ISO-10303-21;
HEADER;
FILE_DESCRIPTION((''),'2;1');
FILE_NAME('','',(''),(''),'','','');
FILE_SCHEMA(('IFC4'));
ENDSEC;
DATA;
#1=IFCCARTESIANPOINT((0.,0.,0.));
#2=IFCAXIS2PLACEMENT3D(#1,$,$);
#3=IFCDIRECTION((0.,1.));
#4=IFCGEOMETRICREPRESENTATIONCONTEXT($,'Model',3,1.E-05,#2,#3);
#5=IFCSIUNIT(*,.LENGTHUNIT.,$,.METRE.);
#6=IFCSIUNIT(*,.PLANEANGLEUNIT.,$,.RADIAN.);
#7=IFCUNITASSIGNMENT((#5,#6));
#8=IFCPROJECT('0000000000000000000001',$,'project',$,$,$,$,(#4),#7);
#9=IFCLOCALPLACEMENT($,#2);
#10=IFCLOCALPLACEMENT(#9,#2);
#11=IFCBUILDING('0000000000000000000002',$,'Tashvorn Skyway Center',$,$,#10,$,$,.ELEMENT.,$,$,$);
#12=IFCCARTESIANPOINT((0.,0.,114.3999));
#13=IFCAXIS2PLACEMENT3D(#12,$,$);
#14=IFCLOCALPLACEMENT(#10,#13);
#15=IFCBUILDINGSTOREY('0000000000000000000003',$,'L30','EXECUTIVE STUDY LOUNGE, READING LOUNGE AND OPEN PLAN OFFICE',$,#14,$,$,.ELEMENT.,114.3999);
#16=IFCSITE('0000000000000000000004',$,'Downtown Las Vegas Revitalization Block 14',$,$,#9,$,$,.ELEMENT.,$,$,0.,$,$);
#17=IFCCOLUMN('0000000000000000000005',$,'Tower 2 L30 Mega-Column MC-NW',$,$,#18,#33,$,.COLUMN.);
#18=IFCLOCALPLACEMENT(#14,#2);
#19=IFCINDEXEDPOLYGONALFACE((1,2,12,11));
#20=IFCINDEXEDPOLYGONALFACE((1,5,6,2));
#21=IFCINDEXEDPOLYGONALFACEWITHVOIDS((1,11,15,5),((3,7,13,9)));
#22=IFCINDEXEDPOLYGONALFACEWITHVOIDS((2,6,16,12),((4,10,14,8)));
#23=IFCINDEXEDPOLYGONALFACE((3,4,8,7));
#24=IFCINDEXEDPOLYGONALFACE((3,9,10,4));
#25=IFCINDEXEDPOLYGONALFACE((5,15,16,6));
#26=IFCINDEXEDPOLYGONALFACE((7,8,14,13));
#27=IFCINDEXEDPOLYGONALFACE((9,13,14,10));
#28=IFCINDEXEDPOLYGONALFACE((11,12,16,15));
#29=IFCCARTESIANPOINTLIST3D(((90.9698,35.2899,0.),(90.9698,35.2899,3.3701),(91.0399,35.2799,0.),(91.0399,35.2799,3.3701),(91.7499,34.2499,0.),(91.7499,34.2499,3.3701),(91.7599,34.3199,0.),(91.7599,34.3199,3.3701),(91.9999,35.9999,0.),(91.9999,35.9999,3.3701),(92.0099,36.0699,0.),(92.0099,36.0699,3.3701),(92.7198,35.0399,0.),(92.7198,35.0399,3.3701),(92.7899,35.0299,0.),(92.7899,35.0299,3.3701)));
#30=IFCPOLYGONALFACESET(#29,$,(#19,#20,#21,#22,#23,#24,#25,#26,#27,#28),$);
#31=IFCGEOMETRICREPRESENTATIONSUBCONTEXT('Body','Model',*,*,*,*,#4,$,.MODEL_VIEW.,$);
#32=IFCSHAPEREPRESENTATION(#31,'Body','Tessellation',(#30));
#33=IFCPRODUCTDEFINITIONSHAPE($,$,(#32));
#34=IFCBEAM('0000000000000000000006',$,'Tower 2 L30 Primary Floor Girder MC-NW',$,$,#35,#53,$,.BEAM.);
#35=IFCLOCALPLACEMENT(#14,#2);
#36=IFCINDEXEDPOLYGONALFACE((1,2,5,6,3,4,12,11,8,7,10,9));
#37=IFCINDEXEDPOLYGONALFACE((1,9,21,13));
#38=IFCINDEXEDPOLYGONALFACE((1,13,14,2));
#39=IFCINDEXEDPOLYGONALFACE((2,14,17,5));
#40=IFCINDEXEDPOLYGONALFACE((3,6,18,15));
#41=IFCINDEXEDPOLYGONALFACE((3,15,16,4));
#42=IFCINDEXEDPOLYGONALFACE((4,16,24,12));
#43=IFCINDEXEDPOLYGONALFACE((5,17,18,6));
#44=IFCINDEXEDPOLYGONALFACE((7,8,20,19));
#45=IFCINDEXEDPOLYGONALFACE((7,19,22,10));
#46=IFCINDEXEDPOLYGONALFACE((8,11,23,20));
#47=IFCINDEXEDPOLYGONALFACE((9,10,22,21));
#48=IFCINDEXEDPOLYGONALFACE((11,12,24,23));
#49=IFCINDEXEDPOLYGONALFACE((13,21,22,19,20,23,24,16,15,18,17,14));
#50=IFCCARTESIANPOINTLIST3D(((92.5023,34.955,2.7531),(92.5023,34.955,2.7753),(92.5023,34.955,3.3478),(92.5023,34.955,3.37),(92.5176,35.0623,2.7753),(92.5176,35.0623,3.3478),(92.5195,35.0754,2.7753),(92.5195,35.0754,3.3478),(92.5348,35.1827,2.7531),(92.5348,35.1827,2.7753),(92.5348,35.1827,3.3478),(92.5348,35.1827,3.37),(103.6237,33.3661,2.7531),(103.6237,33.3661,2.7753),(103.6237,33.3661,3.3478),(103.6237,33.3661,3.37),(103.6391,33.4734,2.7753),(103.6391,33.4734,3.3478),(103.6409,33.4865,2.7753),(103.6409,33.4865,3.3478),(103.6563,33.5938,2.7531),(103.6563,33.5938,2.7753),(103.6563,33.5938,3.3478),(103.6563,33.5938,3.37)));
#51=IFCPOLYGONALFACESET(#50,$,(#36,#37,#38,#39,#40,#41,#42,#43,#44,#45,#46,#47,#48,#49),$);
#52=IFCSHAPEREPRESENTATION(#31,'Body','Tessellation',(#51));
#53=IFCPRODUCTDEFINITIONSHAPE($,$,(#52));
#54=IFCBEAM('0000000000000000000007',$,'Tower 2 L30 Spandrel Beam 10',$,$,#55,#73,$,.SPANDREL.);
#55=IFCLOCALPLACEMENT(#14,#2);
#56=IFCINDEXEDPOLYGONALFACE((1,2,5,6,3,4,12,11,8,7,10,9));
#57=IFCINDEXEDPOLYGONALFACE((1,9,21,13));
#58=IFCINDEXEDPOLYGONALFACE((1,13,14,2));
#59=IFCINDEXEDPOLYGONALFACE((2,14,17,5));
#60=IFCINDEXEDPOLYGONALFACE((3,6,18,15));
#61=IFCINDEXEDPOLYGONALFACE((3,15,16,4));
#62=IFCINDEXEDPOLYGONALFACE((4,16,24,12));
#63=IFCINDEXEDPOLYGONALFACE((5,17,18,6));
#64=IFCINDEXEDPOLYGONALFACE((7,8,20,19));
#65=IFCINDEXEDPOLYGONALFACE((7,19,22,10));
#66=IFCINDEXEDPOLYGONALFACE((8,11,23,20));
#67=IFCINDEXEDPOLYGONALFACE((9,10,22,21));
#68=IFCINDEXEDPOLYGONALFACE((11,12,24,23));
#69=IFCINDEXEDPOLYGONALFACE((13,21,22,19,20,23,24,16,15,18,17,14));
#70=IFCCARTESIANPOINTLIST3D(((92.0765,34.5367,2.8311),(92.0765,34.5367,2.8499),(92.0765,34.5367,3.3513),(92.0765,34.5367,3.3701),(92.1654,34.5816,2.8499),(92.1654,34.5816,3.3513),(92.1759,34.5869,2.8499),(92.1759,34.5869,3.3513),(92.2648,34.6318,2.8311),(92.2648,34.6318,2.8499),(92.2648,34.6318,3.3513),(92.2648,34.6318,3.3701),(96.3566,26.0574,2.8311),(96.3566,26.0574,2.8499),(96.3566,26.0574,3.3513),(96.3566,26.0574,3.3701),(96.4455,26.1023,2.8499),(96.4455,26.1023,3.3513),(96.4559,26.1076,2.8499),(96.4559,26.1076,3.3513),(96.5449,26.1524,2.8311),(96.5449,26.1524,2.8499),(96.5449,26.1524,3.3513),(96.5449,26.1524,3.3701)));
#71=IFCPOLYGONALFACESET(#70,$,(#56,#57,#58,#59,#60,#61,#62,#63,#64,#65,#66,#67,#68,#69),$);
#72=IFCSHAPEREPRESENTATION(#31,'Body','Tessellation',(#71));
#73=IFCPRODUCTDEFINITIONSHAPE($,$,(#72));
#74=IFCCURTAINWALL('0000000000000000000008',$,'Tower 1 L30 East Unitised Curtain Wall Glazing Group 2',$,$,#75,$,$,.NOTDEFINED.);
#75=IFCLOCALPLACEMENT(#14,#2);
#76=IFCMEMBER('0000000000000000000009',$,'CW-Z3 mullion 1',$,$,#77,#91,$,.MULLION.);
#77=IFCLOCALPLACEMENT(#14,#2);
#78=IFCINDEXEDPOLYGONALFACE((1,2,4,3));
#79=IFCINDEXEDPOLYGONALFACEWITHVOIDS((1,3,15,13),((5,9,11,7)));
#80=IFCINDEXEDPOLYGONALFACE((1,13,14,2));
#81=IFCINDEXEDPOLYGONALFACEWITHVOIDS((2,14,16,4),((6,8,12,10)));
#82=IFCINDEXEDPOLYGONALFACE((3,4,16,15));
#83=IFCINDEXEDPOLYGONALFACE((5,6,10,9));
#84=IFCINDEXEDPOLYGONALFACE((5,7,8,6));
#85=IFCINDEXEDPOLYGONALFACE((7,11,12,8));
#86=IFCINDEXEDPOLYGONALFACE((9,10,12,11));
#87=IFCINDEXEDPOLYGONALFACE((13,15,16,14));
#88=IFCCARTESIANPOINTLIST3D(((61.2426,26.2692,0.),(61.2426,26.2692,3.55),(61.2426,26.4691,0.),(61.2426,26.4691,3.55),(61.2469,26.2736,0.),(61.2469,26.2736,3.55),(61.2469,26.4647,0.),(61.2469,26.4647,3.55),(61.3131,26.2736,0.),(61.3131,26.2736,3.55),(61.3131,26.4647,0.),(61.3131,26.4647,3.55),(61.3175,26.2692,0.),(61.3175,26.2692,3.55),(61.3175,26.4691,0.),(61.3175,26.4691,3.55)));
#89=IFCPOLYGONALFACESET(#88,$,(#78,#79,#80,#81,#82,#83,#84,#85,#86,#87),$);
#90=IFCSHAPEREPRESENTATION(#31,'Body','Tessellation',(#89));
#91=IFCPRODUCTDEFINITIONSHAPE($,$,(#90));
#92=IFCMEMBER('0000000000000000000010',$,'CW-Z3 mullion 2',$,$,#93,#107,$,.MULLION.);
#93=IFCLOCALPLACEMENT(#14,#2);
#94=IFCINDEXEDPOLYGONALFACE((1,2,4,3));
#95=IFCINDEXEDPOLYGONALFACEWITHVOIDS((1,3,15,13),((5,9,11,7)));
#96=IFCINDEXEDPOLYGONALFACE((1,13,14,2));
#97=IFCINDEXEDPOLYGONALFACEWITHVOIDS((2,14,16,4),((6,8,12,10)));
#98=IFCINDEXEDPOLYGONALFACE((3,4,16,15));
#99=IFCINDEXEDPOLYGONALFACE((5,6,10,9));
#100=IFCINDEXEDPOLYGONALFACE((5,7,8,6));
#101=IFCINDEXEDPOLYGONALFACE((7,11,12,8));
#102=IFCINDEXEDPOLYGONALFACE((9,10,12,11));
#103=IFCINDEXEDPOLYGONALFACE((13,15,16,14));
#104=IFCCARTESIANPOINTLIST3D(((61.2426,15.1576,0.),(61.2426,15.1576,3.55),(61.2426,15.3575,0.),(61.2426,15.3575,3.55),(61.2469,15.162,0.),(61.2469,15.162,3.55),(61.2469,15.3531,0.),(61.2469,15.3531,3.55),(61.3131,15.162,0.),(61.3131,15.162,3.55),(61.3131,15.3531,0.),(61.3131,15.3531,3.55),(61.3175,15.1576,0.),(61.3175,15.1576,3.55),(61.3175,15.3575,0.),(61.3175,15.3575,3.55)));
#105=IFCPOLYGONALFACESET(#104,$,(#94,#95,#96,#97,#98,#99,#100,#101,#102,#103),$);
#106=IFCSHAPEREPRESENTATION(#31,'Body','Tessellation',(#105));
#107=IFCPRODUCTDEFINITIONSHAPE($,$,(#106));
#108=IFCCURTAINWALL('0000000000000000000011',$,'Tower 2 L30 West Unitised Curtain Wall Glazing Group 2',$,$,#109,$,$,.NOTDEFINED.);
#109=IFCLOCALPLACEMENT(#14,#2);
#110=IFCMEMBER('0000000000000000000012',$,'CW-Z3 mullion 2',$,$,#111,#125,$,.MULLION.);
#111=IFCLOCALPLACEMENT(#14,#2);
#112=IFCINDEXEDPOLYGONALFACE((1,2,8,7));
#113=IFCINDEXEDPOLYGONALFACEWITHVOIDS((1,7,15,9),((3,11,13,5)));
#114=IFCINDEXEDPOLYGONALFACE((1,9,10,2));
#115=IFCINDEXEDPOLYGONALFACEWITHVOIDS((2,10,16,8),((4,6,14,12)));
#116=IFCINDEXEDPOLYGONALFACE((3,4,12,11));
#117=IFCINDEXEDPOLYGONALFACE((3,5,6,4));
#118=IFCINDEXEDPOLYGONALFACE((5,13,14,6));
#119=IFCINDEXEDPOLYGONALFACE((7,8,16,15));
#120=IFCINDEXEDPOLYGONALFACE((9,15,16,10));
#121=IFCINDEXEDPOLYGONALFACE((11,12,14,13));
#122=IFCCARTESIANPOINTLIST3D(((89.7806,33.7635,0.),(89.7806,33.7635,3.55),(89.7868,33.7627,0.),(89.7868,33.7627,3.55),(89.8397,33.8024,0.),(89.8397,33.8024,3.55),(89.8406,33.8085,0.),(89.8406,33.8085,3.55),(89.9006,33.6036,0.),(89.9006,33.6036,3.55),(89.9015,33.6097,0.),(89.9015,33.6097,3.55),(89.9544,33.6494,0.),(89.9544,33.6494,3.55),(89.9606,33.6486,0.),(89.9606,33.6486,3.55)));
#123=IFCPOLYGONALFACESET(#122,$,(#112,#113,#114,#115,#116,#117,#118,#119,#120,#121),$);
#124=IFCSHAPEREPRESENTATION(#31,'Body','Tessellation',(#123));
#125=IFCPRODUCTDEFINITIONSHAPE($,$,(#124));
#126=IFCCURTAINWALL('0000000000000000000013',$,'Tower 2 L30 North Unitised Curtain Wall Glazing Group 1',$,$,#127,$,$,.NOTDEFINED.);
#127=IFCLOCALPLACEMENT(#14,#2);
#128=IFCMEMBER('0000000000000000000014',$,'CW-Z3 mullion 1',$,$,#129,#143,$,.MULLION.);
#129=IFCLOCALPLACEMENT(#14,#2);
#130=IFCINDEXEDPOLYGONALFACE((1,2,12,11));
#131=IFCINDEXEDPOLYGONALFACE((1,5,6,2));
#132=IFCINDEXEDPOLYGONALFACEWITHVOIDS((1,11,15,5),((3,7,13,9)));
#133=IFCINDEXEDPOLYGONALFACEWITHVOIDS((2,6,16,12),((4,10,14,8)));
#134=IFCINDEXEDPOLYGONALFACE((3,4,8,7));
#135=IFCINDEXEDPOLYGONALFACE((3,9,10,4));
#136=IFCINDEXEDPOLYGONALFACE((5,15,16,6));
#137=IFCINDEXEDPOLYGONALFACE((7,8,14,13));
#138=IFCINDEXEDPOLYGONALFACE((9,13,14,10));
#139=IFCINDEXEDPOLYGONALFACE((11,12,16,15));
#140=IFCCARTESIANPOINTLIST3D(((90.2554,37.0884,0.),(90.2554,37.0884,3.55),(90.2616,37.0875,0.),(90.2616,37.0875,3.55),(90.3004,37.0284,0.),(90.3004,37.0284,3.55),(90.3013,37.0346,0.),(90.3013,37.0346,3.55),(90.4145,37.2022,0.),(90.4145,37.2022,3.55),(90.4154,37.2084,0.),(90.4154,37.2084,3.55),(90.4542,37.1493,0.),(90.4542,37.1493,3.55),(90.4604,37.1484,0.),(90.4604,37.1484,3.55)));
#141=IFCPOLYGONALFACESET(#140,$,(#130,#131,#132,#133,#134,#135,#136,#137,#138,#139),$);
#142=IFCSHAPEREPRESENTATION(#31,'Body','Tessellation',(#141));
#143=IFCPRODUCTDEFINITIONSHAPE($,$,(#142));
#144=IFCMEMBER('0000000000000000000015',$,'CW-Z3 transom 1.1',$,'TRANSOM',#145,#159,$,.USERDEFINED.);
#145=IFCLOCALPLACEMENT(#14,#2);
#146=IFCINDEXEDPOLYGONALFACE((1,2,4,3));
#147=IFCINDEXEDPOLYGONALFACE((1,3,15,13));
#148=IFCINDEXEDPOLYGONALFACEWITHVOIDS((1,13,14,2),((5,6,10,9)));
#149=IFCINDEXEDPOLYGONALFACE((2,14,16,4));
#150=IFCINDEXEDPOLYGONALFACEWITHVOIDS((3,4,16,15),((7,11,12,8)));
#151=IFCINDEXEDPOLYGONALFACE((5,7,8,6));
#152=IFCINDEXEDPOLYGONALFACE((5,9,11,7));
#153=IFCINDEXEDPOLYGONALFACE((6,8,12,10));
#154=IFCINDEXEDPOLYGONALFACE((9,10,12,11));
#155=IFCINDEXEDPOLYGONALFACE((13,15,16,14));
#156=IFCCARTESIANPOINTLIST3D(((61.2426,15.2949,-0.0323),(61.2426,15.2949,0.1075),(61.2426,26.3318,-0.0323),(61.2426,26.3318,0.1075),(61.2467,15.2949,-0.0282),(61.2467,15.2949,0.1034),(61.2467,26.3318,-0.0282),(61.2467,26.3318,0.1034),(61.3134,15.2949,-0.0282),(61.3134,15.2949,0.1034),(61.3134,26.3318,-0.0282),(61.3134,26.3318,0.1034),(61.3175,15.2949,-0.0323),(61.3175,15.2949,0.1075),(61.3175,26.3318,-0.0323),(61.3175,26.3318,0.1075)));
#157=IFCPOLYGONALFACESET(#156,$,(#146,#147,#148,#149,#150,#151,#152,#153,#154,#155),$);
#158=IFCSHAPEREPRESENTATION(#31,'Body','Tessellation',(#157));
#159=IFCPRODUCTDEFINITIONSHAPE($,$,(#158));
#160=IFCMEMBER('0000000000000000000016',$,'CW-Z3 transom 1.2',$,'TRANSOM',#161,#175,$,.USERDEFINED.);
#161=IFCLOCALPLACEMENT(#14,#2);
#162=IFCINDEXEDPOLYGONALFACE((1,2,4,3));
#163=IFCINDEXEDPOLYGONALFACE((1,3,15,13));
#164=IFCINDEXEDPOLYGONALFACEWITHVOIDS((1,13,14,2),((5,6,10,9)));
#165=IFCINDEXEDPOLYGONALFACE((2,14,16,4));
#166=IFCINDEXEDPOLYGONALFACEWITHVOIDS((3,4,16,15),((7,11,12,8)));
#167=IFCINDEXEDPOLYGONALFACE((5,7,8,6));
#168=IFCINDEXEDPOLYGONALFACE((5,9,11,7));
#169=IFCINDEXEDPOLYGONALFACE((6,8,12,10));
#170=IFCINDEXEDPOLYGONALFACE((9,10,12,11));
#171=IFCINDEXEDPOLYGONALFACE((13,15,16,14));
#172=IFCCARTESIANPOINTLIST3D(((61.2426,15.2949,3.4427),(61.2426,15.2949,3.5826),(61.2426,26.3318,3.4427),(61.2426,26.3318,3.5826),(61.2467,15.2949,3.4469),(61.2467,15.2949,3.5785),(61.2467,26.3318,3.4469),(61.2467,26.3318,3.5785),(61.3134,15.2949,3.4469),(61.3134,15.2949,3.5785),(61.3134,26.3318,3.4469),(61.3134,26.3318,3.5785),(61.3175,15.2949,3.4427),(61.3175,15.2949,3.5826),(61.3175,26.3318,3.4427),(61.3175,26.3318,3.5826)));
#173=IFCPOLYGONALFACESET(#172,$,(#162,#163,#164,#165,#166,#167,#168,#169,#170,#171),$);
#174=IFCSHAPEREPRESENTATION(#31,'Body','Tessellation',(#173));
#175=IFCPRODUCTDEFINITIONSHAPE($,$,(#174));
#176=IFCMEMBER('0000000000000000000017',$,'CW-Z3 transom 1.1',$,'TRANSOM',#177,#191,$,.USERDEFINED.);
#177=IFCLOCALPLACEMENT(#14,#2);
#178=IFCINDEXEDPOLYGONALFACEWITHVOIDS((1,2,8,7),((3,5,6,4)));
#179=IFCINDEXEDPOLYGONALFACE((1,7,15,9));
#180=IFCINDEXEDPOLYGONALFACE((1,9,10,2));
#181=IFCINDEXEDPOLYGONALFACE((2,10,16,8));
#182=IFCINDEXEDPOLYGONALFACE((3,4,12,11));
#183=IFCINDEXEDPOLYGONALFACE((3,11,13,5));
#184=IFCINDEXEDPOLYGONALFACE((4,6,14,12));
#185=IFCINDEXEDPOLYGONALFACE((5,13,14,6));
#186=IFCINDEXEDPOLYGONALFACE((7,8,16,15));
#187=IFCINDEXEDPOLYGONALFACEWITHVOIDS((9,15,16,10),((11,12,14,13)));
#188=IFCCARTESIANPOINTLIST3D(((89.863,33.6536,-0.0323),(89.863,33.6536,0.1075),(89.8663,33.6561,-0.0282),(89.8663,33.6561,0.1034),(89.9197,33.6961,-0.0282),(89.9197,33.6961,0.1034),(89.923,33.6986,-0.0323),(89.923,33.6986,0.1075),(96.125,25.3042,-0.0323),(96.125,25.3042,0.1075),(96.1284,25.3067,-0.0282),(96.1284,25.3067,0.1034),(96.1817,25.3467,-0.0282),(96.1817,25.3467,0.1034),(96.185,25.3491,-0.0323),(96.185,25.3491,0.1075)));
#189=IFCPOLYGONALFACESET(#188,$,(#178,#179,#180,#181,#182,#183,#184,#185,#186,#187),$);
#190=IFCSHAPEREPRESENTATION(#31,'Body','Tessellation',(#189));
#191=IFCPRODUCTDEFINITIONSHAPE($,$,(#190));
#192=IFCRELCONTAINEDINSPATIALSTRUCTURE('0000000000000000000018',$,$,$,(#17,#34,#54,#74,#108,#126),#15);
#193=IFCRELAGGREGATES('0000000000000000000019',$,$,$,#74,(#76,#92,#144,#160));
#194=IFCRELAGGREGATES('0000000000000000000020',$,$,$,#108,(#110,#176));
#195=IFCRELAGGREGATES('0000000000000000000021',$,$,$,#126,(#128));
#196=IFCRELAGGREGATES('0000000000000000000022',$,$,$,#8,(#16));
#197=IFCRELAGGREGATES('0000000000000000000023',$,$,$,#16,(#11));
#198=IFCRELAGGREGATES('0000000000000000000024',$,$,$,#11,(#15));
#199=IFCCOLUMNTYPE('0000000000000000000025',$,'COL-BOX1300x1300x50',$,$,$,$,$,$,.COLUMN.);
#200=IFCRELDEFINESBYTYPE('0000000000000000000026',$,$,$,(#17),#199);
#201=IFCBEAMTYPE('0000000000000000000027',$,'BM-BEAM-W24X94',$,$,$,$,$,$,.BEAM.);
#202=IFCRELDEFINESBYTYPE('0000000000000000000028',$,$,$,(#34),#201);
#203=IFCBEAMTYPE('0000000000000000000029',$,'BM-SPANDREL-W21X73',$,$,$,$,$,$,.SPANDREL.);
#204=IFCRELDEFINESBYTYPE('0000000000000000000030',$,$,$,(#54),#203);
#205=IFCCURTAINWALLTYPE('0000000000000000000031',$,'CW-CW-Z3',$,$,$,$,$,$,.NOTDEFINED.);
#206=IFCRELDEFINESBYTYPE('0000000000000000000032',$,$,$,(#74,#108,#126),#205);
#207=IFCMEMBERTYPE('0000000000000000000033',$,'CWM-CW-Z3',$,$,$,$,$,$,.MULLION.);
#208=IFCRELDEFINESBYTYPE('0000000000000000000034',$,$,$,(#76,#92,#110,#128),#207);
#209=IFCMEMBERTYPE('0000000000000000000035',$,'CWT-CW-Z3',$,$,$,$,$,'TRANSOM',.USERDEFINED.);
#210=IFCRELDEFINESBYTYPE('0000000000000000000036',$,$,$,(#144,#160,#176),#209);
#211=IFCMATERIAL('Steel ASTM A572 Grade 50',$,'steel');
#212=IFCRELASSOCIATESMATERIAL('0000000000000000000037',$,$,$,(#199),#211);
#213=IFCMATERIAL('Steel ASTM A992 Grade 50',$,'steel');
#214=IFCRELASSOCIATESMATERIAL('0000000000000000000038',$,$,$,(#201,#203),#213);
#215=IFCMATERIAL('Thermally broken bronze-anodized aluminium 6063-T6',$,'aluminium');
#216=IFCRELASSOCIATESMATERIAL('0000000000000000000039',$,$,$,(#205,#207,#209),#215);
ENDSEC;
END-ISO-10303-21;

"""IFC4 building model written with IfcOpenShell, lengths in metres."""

from ifc_helpers import new_model, si_unit, direction, frame, origin, origin_2d, place, context, subcontext, project, spatial, hollow_rectangle, i_section, extrude, material, material_profile, profile_set, type_object, element, aggregate, save


model = new_model("IFC4")

# Units and contexts
model_context = context("Model", 3, precision=1e-05, world=origin(), true_north=direction((0.0, 1.0)))
body_context = subcontext(model_context, "Body", "Model", "MODEL_VIEW")
ifc_project = project(units=[si_unit("LENGTHUNIT", "METRE"), si_unit("PLANEANGLEUNIT", "RADIAN")], contexts=[model_context])

# Site, building, storey
site_placement = place(None, origin())
site = spatial("IfcSite", under=ifc_project, at=site_placement, Name="Downtown Las Vegas Revitalization Block 14", CompositionType="ELEMENT", RefElevation=0.0)
building_placement = place(site_placement, origin())
building = spatial("IfcBuilding", under=site, at=building_placement, Name="Tashvorn Skyway Center", CompositionType="ELEMENT")
storey_placement = place(building_placement, frame((0.0, 0.0, 114.3999)))
storey = spatial("IfcBuildingStorey", under=building, at=storey_placement, Name="L30", Description="EXECUTIVE STUDY LOUNGE, READING LOUNGE AND OPEN PLAN OFFICE", CompositionType="ELEMENT", Elevation=114.3999)

# Column
ifc_material_1 = material(Name="Steel ASTM A572 Grade 50", Category="steel")
ifc_material_profile_1 = material_profile(ifc_material_1, hollow_rectangle(XDim=1.3, YDim=1.3, WallThickness=0.05, at=origin_2d()), Name="BOX1300x1300x50")
ifc_profile_set_1 = profile_set([ifc_material_profile_1], Name="Steel ASTM A572 Grade 50")
column_type = type_object("IfcColumnType", Name="COL-BOX1300x1300x50", PredefinedType="COLUMN", material=ifc_profile_set_1)
column_placement = place(storey_placement, frame((91.8799, 35.1599, 0.0), z_axis=(0.0, 0.0, 1.0), x_axis=(0.8, 0.6, 0.0)))
element("IfcColumn", 1, at=column_placement, inside=storey, type_object=column_type, Name="Tower 2 L30 Mega-Column MC-NW", PredefinedType="COLUMN", context=body_context, shape_type="SweptSolid", body=[
    extrude(hollow_rectangle(XDim=1.3, YDim=1.3, WallThickness=0.05, at=origin_2d()), origin(), (0.0, 0.0, 1.0), 3.3701),
])

# Beams
ifc_material_2 = material(Name="Steel ASTM A992 Grade 50", Category="steel")
ifc_material_profile_2 = material_profile(ifc_material_2, i_section(OverallWidth=0.23, OverallDepth=0.6169, WebThickness=0.0132, FlangeThickness=0.0222, at=origin_2d()), Name="W24X94")
ifc_profile_set_2 = profile_set([ifc_material_profile_2], Name="Steel ASTM A992 Grade 50")
beam_type_1 = type_object("IfcBeamType", Name="BM-BEAM-W24X94", PredefinedType="BEAM", material=ifc_profile_set_2)
beam_1_placement = place(storey_placement, frame((92.5186, 35.0688, 3.0615), z_axis=(0.989948, -0.14143, 0.0), x_axis=(0.14143, 0.989948, 0.0)))
element("IfcBeam", 2, at=beam_1_placement, inside=storey, type_object=beam_type_1, Name="Tower 2 L30 Primary Floor Girder MC-NW", PredefinedType="BEAM", context=body_context, shape_type="SweptSolid", body=[
    extrude(i_section(OverallWidth=0.23, OverallDepth=0.6169, WebThickness=0.0132, FlangeThickness=0.0222, at=origin_2d()), origin(), (0.0, 0.0, 1.0), 11.2344),
])
ifc_material_profile_3 = material_profile(ifc_material_2, i_section(OverallWidth=0.2109, OverallDepth=0.5391, WebThickness=0.0117, FlangeThickness=0.0188, at=origin_2d()), Name="W21X73")
ifc_profile_set_3 = profile_set([ifc_material_profile_3], Name="Steel ASTM A992 Grade 50")
beam_type_2 = type_object("IfcBeamType", Name="BM-SPANDREL-W21X73", PredefinedType="SPANDREL", material=ifc_profile_set_3)
beam_2_placement = place(storey_placement, frame((92.1707, 34.5842, 3.1006), z_axis=(0.450614, -0.892719, 0.0), x_axis=(0.892719, 0.450614, 0.0)))
element("IfcBeam", 3, at=beam_2_placement, inside=storey, type_object=beam_type_2, Name="Tower 2 L30 Spandrel Beam 10", PredefinedType="SPANDREL", context=body_context, shape_type="SweptSolid", body=[
    extrude(i_section(OverallWidth=0.2109, OverallDepth=0.5391, WebThickness=0.0117, FlangeThickness=0.0188, at=origin_2d()), origin(), (0.0, 0.0, 1.0), 9.4983),
])

# Curtain wall, members
ifc_material_3 = material(Name="Thermally broken bronze-anodized aluminium 6063-T6", Category="aluminium")
curtain_wall_type = type_object("IfcCurtainWallType", Name="CW-CW-Z3", PredefinedType="NOTDEFINED", material=ifc_material_3)
curtain_wall_1_placement = place(storey_placement, origin())
curtain_wall_1 = element("IfcCurtainWall", 4, at=curtain_wall_1_placement, inside=storey, type_object=curtain_wall_type, Name="Tower 1 L30 East Unitised Curtain Wall Glazing Group 2", PredefinedType="NOTDEFINED")
ifc_material_profile_4 = material_profile(ifc_material_3, hollow_rectangle(XDim=0.075, YDim=0.2, WallThickness=0.0044, at=origin_2d()), Name="ALU-MULL-75x200")
ifc_profile_set_4 = profile_set([ifc_material_profile_4], Name="Thermally broken bronze-anodized aluminium 6063-T6")
member_type_1 = type_object("IfcMemberType", Name="CWM-CW-Z3", PredefinedType="MULLION", material=ifc_profile_set_4)
member_1_placement = place(storey_placement, frame((61.28, 26.3691, 0.0), z_axis=(0.0, 0.0, 1.0), x_axis=(1.0, 0.0, 0.0)))
member_1 = element("IfcMember", 5, at=member_1_placement, type_object=member_type_1, Name="CW-Z3 mullion 1", PredefinedType="MULLION", context=body_context, shape_type="SweptSolid", body=[
    extrude(hollow_rectangle(XDim=0.075, YDim=0.2, WallThickness=0.0044, at=origin_2d()), origin(), (0.0, 0.0, 1.0), 3.55),
])
member_2_placement = place(storey_placement, frame((61.28, 15.2576, 0.0), z_axis=(0.0, 0.0, 1.0), x_axis=(1.0, 0.0, 0.0)))
member_2 = element("IfcMember", 6, at=member_2_placement, type_object=member_type_1, Name="CW-Z3 mullion 2", PredefinedType="MULLION", context=body_context, shape_type="SweptSolid", body=[
    extrude(hollow_rectangle(XDim=0.075, YDim=0.2, WallThickness=0.0044, at=origin_2d()), origin(), (0.0, 0.0, 1.0), 3.55),
])

# Curtain walls, members
curtain_wall_2_placement = place(storey_placement, origin())
curtain_wall_2 = element("IfcCurtainWall", 7, at=curtain_wall_2_placement, inside=storey, type_object=curtain_wall_type, Name="Tower 2 L30 West Unitised Curtain Wall Glazing Group 2", PredefinedType="NOTDEFINED")
member_3_placement = place(storey_placement, frame((89.8706, 33.7061, 0.0), z_axis=(0.0, 0.0, 1.0), x_axis=(-0.799999, -0.600002, 0.0)))
member_3 = element("IfcMember", 8, at=member_3_placement, type_object=member_type_1, Name="CW-Z3 mullion 2", PredefinedType="MULLION", context=body_context, shape_type="SweptSolid", body=[
    extrude(hollow_rectangle(XDim=0.075, YDim=0.2, WallThickness=0.0044, at=origin_2d()), origin(), (0.0, 0.0, 1.0), 3.55),
])
curtain_wall_3_placement = place(storey_placement, origin())
curtain_wall_3 = element("IfcCurtainWall", 9, at=curtain_wall_3_placement, inside=storey, type_object=curtain_wall_type, Name="Tower 2 L30 North Unitised Curtain Wall Glazing Group 1", PredefinedType="NOTDEFINED")
member_4_placement = place(storey_placement, frame((90.3579, 37.1184, 0.0), z_axis=(0.0, 0.0, 1.0), x_axis=(-0.600002, 0.799999, 0.0)))
member_4 = element("IfcMember", 10, at=member_4_placement, type_object=member_type_1, Name="CW-Z3 mullion 1", PredefinedType="MULLION", context=body_context, shape_type="SweptSolid", body=[
    extrude(hollow_rectangle(XDim=0.075, YDim=0.2, WallThickness=0.0044, at=origin_2d()), origin(), (0.0, 0.0, 1.0), 3.55),
])

# Members
ifc_material_profile_5 = material_profile(ifc_material_3, hollow_rectangle(XDim=0.075, YDim=0.1399, WallThickness=0.0042, at=origin_2d()), Name="ALU-TRAN-75x140")
ifc_profile_set_5 = profile_set([ifc_material_profile_5], Name="Thermally broken bronze-anodized aluminium 6063-T6")
member_type_2 = type_object("IfcMemberType", Name="CWT-CW-Z3", ElementType="TRANSOM", PredefinedType="USERDEFINED", material=ifc_profile_set_5)
member_5_placement = place(storey_placement, frame((61.28, 26.3318, 0.0376), z_axis=(0.0, -1.0, 0.0), x_axis=(1.0, 0.0, 0.0)))
member_5 = element("IfcMember", 11, at=member_5_placement, type_object=member_type_2, Name="CW-Z3 transom 1.1", ObjectType="TRANSOM", PredefinedType="USERDEFINED", context=body_context, shape_type="SweptSolid", body=[
    extrude(hollow_rectangle(XDim=0.075, YDim=0.1399, WallThickness=0.0042, at=origin_2d()), origin(), (0.0, 0.0, 1.0), 11.0369),
])
member_6_placement = place(storey_placement, frame((61.28, 26.3318, 3.5127), z_axis=(0.0, -1.0, 0.0), x_axis=(1.0, 0.0, 0.0)))
member_6 = element("IfcMember", 12, at=member_6_placement, type_object=member_type_2, Name="CW-Z3 transom 1.2", ObjectType="TRANSOM", PredefinedType="USERDEFINED", context=body_context, shape_type="SweptSolid", body=[
    extrude(hollow_rectangle(XDim=0.075, YDim=0.1399, WallThickness=0.0042, at=origin_2d()), origin(), (0.0, 0.0, 1.0), 11.0369),
])
member_7_placement = place(storey_placement, frame((96.155, 25.3267, 0.0376), z_axis=(-0.599996, 0.800003, 0.0), x_axis=(-0.800003, -0.599996, 0.0)))
member_7 = element("IfcMember", 13, at=member_7_placement, type_object=member_type_2, Name="CW-Z3 transom 1.1", ObjectType="TRANSOM", PredefinedType="USERDEFINED", context=body_context, shape_type="SweptSolid", body=[
    extrude(hollow_rectangle(XDim=0.075, YDim=0.1399, WallThickness=0.0042, at=origin_2d()), origin(), (0.0, 0.0, 1.0), 10.4368),
])

aggregate(curtain_wall_1, [member_1, member_2, member_5, member_6])
aggregate(curtain_wall_2, [member_3, member_7])
aggregate(curtain_wall_3, [member_4])

save(model, "model.ifc")
